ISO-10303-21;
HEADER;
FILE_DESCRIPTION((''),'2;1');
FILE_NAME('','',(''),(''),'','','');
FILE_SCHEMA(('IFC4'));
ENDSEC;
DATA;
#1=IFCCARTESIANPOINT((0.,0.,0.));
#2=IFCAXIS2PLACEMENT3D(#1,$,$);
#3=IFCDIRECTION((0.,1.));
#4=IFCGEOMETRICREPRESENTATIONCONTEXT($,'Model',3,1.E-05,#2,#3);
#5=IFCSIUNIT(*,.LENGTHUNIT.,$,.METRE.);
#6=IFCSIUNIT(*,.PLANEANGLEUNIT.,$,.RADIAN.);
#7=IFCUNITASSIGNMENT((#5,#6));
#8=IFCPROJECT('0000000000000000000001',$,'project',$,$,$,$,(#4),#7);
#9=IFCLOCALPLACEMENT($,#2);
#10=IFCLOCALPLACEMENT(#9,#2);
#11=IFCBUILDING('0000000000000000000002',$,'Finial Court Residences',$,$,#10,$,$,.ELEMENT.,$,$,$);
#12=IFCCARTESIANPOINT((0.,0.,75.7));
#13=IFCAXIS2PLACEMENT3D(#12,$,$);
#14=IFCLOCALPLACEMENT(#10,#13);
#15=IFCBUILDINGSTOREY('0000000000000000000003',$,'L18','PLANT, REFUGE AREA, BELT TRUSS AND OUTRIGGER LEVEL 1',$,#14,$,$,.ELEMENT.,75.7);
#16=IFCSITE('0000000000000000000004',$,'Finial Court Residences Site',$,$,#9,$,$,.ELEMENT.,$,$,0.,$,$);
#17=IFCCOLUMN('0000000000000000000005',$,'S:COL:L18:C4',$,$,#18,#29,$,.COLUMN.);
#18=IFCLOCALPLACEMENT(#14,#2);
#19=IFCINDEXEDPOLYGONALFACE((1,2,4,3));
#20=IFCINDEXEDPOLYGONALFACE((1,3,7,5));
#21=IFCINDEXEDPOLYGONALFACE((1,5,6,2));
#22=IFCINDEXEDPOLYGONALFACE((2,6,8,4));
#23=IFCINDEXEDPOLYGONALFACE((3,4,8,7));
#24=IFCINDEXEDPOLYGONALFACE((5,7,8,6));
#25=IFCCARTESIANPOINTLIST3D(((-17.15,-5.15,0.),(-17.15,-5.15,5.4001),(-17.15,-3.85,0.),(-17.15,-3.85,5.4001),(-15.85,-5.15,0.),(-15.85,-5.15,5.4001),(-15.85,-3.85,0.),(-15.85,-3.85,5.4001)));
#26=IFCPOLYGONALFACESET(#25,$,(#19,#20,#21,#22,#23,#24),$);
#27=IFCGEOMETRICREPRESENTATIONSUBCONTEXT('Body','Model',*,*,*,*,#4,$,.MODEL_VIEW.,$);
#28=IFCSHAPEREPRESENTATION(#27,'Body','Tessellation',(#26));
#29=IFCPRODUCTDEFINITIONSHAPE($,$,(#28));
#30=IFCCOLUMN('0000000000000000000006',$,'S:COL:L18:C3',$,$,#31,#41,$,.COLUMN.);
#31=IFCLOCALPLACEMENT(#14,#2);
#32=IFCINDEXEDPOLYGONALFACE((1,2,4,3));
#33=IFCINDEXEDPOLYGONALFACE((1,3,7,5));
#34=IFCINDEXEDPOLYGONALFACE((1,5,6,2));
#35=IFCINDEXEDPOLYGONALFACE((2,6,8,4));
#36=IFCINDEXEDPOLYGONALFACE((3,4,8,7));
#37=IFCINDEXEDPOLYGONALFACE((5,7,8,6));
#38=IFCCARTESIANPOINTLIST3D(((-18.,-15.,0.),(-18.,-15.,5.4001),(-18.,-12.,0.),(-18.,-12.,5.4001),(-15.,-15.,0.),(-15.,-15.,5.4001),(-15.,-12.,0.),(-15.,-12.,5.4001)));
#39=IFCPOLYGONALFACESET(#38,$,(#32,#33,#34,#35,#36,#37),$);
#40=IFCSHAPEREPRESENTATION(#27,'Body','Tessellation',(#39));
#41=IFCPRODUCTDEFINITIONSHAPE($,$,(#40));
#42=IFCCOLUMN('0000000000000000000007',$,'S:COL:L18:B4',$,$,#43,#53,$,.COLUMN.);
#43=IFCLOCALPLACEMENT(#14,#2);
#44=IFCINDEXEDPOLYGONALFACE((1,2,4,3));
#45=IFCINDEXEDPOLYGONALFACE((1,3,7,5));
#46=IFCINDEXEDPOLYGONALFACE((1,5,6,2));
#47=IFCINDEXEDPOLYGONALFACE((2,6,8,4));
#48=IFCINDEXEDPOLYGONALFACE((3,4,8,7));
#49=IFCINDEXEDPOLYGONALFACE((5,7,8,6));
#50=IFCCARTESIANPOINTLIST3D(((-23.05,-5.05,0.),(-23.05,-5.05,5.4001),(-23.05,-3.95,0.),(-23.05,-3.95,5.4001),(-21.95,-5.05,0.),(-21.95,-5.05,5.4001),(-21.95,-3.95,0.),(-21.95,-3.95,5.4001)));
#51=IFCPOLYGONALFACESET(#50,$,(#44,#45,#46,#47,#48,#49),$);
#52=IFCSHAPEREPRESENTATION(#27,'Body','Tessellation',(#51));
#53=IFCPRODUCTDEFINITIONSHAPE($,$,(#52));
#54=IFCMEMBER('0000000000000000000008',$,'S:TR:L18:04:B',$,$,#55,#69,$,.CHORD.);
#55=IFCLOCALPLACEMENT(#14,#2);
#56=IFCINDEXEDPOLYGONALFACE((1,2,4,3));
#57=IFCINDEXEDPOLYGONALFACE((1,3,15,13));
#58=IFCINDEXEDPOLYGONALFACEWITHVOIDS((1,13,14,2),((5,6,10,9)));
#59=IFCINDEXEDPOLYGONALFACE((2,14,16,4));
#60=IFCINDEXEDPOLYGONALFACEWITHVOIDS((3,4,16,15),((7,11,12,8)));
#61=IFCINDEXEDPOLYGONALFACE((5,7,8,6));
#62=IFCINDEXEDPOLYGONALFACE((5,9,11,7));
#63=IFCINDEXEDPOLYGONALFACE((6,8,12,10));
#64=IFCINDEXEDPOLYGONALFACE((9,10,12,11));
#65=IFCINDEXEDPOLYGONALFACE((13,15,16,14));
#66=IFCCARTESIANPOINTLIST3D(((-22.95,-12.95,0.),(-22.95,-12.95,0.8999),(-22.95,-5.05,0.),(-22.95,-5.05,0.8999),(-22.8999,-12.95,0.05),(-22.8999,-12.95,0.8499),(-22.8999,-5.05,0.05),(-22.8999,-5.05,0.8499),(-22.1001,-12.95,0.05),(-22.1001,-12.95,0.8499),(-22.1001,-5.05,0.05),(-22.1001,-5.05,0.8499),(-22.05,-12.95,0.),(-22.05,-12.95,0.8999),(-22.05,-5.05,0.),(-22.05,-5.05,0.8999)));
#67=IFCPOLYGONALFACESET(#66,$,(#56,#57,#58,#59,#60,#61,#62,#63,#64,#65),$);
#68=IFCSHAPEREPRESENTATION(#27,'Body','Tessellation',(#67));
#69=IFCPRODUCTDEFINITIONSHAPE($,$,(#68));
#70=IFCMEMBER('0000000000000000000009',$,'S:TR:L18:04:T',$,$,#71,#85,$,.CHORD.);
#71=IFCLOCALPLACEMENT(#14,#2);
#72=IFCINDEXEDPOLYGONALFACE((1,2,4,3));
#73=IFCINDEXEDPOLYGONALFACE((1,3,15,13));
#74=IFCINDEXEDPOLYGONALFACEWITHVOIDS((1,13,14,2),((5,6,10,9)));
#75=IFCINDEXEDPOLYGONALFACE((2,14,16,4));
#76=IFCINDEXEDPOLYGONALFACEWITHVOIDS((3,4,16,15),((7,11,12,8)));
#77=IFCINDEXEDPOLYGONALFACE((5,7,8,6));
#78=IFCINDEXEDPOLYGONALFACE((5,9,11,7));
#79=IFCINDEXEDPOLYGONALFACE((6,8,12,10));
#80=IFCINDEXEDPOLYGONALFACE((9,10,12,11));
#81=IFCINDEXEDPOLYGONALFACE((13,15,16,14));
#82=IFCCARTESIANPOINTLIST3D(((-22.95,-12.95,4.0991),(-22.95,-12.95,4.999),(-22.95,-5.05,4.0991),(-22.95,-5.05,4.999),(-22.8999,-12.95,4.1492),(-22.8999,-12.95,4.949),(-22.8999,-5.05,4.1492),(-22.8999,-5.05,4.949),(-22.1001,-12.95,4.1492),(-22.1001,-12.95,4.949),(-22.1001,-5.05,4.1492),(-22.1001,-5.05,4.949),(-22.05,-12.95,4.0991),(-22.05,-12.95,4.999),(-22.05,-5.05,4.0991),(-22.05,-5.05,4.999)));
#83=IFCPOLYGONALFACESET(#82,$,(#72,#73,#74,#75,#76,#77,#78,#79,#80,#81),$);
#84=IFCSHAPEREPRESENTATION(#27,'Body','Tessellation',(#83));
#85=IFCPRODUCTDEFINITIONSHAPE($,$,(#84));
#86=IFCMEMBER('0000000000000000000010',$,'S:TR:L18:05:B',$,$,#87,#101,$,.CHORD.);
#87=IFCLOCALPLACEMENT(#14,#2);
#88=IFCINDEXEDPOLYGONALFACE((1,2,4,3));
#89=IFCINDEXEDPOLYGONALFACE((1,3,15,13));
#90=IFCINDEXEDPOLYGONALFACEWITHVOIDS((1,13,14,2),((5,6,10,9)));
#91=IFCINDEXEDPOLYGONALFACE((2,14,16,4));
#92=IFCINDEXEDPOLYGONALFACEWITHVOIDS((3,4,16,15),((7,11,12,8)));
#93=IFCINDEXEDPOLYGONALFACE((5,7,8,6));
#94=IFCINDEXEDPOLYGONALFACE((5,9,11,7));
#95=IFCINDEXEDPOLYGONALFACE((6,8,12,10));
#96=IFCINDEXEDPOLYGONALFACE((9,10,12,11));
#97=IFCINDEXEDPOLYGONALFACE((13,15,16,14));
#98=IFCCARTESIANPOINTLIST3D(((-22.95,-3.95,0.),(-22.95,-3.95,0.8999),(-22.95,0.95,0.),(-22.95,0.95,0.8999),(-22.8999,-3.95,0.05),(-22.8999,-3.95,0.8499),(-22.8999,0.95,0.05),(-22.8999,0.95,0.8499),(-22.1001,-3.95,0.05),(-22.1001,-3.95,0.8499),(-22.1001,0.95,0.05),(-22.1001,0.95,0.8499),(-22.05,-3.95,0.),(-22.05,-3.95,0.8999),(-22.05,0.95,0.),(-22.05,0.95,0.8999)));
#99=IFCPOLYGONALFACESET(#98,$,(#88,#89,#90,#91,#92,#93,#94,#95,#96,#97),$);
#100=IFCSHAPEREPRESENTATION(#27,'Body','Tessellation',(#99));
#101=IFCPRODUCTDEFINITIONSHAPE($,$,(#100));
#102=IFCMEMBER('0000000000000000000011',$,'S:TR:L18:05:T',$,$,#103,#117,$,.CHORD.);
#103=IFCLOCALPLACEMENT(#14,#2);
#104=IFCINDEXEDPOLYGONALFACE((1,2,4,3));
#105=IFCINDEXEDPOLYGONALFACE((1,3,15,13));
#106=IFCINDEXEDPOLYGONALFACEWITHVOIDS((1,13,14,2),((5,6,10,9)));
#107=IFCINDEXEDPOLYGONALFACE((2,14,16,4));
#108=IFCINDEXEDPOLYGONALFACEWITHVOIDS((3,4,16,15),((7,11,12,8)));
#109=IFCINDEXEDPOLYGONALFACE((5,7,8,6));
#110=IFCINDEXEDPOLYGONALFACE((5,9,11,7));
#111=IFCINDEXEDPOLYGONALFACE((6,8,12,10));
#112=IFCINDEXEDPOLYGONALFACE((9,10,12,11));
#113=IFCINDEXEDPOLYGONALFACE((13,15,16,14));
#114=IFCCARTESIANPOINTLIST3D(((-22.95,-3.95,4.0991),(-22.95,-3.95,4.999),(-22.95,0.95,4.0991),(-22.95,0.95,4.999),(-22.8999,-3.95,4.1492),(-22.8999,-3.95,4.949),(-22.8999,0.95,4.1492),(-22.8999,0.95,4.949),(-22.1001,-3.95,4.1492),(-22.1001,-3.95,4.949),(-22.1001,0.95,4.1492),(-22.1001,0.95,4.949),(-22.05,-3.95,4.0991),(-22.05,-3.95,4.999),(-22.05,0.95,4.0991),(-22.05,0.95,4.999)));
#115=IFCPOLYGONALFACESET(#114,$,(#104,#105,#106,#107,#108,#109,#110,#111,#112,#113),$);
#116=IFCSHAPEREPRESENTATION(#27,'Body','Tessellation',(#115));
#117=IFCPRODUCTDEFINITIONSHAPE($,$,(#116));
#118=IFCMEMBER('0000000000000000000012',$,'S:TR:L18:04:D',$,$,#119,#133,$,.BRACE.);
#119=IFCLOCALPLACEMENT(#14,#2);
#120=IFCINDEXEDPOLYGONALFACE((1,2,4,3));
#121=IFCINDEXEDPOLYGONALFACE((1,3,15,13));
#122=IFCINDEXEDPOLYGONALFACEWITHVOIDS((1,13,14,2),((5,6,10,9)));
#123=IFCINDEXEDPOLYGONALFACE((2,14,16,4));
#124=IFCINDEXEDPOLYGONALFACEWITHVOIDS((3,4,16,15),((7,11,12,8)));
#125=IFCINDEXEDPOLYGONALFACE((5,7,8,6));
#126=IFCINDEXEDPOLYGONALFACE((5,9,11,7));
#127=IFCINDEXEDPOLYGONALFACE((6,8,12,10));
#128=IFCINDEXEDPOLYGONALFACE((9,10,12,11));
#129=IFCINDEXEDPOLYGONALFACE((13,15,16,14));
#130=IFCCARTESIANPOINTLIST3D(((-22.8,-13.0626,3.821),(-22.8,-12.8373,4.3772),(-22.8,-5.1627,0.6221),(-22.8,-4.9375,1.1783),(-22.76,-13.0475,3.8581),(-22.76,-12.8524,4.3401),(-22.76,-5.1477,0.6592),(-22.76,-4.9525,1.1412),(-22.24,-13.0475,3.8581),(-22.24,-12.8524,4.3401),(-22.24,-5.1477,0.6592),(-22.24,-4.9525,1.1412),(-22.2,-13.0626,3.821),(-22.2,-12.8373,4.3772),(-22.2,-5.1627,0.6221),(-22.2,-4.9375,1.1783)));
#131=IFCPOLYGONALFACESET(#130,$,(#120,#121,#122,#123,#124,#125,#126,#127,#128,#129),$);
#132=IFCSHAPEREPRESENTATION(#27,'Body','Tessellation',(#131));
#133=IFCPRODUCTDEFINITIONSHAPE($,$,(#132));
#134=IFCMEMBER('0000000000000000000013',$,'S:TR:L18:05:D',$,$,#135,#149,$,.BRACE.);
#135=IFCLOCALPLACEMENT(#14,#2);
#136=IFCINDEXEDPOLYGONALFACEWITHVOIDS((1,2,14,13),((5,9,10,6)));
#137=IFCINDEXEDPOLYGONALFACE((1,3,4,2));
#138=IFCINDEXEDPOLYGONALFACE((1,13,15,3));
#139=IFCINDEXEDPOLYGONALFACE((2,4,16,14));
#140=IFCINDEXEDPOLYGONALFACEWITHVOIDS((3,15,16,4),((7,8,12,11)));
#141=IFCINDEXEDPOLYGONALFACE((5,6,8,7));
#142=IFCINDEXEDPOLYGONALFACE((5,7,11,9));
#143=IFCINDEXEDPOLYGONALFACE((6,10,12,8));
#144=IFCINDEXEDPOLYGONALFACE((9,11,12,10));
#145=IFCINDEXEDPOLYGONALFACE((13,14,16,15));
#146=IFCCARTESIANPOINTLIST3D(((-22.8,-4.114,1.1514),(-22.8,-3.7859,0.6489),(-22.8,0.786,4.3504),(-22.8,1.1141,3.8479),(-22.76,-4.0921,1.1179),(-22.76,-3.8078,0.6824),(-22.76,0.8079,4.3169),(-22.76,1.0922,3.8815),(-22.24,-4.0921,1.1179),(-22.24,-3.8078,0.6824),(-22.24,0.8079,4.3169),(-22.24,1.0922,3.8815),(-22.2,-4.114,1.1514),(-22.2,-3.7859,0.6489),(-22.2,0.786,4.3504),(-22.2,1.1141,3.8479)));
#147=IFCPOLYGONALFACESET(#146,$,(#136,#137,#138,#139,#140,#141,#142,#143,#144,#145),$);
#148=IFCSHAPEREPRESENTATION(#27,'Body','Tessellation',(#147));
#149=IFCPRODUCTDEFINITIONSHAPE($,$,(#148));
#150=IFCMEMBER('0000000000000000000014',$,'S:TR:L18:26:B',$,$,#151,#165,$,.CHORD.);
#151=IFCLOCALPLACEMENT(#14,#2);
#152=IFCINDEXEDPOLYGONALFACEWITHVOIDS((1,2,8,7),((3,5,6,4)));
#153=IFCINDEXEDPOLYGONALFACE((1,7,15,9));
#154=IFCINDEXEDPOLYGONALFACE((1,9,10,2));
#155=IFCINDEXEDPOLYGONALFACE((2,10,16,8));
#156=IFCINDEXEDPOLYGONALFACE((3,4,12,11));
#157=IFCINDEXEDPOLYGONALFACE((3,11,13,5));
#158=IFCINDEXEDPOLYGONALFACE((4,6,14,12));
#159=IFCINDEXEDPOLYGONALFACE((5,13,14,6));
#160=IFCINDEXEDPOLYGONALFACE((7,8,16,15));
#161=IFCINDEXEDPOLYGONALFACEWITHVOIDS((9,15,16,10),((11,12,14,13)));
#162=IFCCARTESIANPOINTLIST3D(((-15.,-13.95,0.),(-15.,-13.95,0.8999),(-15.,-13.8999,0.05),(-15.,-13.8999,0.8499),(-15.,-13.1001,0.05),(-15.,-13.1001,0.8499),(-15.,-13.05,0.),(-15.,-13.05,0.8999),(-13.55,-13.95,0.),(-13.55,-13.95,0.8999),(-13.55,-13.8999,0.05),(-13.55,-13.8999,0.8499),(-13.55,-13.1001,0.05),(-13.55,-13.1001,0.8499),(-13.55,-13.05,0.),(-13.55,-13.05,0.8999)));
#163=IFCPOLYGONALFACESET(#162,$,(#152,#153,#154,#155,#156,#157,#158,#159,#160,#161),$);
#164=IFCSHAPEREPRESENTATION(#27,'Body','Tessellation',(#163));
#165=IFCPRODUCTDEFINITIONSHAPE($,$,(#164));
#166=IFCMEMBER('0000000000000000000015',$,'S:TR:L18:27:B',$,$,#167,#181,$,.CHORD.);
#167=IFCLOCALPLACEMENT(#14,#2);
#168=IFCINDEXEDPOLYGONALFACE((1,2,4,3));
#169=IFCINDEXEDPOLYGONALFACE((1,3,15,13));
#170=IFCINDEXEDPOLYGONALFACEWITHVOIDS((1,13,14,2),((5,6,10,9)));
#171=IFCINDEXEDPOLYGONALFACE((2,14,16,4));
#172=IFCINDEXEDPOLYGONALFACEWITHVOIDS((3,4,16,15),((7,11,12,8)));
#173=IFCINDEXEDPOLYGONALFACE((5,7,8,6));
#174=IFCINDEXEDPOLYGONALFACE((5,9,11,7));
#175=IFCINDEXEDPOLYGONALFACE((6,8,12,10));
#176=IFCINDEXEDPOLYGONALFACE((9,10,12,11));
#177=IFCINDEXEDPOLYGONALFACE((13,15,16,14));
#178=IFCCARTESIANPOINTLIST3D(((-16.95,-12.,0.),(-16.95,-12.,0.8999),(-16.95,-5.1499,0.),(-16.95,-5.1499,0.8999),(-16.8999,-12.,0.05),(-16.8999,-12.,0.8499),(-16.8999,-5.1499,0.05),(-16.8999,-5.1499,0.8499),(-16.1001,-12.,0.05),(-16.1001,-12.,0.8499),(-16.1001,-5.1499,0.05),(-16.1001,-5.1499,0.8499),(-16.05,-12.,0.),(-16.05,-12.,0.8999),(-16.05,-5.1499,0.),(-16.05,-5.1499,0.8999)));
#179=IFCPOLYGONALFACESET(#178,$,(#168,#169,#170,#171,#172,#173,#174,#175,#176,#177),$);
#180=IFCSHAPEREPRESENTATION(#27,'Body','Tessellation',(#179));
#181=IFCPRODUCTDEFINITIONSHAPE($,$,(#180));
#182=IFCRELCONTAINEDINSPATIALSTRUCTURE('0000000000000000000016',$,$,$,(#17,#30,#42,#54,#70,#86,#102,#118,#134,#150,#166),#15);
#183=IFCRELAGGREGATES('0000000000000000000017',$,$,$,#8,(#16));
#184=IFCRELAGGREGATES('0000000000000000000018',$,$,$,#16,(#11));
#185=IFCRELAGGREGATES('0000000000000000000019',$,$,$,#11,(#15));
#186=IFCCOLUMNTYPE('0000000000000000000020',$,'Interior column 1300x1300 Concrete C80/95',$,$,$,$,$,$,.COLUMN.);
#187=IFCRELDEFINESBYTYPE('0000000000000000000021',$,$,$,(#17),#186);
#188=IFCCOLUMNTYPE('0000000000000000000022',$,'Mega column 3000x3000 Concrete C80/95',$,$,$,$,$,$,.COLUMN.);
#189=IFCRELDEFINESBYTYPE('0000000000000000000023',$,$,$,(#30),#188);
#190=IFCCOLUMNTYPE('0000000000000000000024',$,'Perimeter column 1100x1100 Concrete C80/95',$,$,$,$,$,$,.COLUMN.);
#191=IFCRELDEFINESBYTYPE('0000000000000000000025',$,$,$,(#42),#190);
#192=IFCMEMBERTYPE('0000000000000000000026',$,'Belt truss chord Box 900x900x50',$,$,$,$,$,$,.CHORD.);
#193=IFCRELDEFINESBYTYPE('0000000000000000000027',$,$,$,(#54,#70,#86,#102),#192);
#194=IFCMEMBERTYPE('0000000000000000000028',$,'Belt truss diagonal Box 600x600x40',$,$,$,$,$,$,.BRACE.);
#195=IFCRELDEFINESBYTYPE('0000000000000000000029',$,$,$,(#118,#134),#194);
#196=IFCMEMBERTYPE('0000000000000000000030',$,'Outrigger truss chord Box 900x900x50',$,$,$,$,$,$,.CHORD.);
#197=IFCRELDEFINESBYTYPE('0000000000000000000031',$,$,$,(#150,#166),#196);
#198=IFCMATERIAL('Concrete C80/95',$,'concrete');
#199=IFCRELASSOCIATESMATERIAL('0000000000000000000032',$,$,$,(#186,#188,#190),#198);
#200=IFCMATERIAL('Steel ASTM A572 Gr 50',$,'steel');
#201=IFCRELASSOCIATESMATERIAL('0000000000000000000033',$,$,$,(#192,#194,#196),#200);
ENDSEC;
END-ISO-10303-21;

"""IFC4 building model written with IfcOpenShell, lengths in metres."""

from ifc_helpers import new_model, si_unit, direction, frame, origin, origin_2d, place, context, subcontext, project, spatial, rectangle, hollow_rectangle, extrude, material, material_profile, profile_set, type_object, element, save


model = new_model("IFC4")

# Units and contexts
model_context = context("Model", 3, precision=1e-05, world=origin(), true_north=direction((0.0, 1.0)))
body_context = subcontext(model_context, "Body", "Model", "MODEL_VIEW")
ifc_project = project(units=[si_unit("LENGTHUNIT", "METRE"), si_unit("PLANEANGLEUNIT", "RADIAN")], contexts=[model_context])

# Site, building, storey
site_placement = place(None, origin())
site = spatial("IfcSite", under=ifc_project, at=site_placement, Name="Finial Court Residences Site", CompositionType="ELEMENT", RefElevation=0.0)
building_placement = place(site_placement, origin())
building = spatial("IfcBuilding", under=site, at=building_placement, Name="Finial Court Residences", CompositionType="ELEMENT")
storey_placement = place(building_placement, frame((0.0, 0.0, 75.7)))
storey = spatial("IfcBuildingStorey", under=building, at=storey_placement, Name="L18", Description="PLANT, REFUGE AREA, BELT TRUSS AND OUTRIGGER LEVEL 1", CompositionType="ELEMENT", Elevation=75.7)

# Columns
ifc_material_1 = material(Name="Concrete C80/95", Category="concrete")
ifc_material_profile_1 = material_profile(ifc_material_1, rectangle(XDim=1.3, YDim=1.3, at=origin_2d()), Name="1300x1300")
ifc_profile_set_1 = profile_set([ifc_material_profile_1], Name="Concrete C80/95")
column_type_1 = type_object("IfcColumnType", Name="Interior column 1300x1300 Concrete C80/95", PredefinedType="COLUMN", material=ifc_profile_set_1)
column_1_placement = place(storey_placement, frame((-16.5, -4.5, 0.0), z_axis=(0.0, 0.0, 1.0), x_axis=(1.0, 0.0, 0.0)))
element("IfcColumn", 1, at=column_1_placement, inside=storey, type_object=column_type_1, Name="S:COL:L18:C4", PredefinedType="COLUMN", context=body_context, shape_type="SweptSolid", body=[
    extrude(rectangle(XDim=1.3, YDim=1.3, at=origin_2d()), origin(), (0.0, 0.0, 1.0), 5.4001),
])
ifc_material_profile_2 = material_profile(ifc_material_1, rectangle(XDim=3.0, YDim=3.0, at=origin_2d()), Name="3000x3000")
ifc_profile_set_2 = profile_set([ifc_material_profile_2], Name="Concrete C80/95")
column_type_2 = type_object("IfcColumnType", Name="Mega column 3000x3000 Concrete C80/95", PredefinedType="COLUMN", material=ifc_profile_set_2)
column_2_placement = place(storey_placement, frame((-16.5, -13.5, 0.0), z_axis=(0.0, 0.0, 1.0), x_axis=(1.0, 0.0, 0.0)))
element("IfcColumn", 2, at=column_2_placement, inside=storey, type_object=column_type_2, Name="S:COL:L18:C3", PredefinedType="COLUMN", context=body_context, shape_type="SweptSolid", body=[
    extrude(rectangle(XDim=3.0, YDim=3.0, at=origin_2d()), origin(), (0.0, 0.0, 1.0), 5.4001),
])
ifc_material_profile_3 = material_profile(ifc_material_1, rectangle(XDim=1.1001, YDim=1.1001, at=origin_2d()), Name="1100x1100")
ifc_profile_set_3 = profile_set([ifc_material_profile_3], Name="Concrete C80/95")
column_type_3 = type_object("IfcColumnType", Name="Perimeter column 1100x1100 Concrete C80/95", PredefinedType="COLUMN", material=ifc_profile_set_3)
column_3_placement = place(storey_placement, frame((-22.5, -4.5, 0.0), z_axis=(0.0, 0.0, 1.0), x_axis=(1.0, 0.0, 0.0)))
element("IfcColumn", 3, at=column_3_placement, inside=storey, type_object=column_type_3, Name="S:COL:L18:B4", PredefinedType="COLUMN", context=body_context, shape_type="SweptSolid", body=[
    extrude(rectangle(XDim=1.1001, YDim=1.1001, at=origin_2d()), origin(), (0.0, 0.0, 1.0), 5.4001),
])

# Members
ifc_material_2 = material(Name="Steel ASTM A572 Gr 50", Category="steel")
ifc_material_profile_4 = material_profile(ifc_material_2, hollow_rectangle(XDim=0.8999, YDim=0.8999, WallThickness=0.05, at=origin_2d()), Name="Box 900x900x50")
ifc_profile_set_4 = profile_set([ifc_material_profile_4], Name="Steel ASTM A572 Gr 50")
member_type_1 = type_object("IfcMemberType", Name="Belt truss chord Box 900x900x50", PredefinedType="CHORD", material=ifc_profile_set_4)
for number, where, z_axis, x_axis, name in (
    (4, (-22.5, -12.95, 0.45), (0.0, 1.0, 0.0), (-1.0, 0.0, 0.0), "S:TR:L18:04:B"),
    (5, (-22.5, -12.95, 4.5491), (0.0, 1.0, 0.0), (-1.0, 0.0, 0.0), "S:TR:L18:04:T"),
):
    element("IfcMember", number, at=place(storey_placement, frame(where, z_axis=z_axis, x_axis=x_axis)), inside=storey, type_object=member_type_1, Name=name, PredefinedType="CHORD", context=body_context, shape_type="SweptSolid", body=[
        extrude(hollow_rectangle(XDim=0.8999, YDim=0.8999, WallThickness=0.05, at=origin_2d()), origin(), (0.0, 0.0, 1.0), 7.8999),
    ])
for number, where, z_axis, x_axis, name in (
    (6, (-22.5, -3.95, 0.45), (0.0, 1.0, 0.0), (-1.0, 0.0, 0.0), "S:TR:L18:05:B"),
    (7, (-22.5, -3.95, 4.5491), (0.0, 1.0, 0.0), (-1.0, 0.0, 0.0), "S:TR:L18:05:T"),
):
    element("IfcMember", number, at=place(storey_placement, frame(where, z_axis=z_axis, x_axis=x_axis)), inside=storey, type_object=member_type_1, Name=name, PredefinedType="CHORD", context=body_context, shape_type="SweptSolid", body=[
        extrude(hollow_rectangle(XDim=0.8999, YDim=0.8999, WallThickness=0.05, at=origin_2d()), origin(), (0.0, 0.0, 1.0), 4.8999),
    ])
ifc_material_profile_5 = material_profile(ifc_material_2, hollow_rectangle(XDim=0.6001, YDim=0.6001, WallThickness=0.04, at=origin_2d()), Name="Box 600x600x40")
ifc_profile_set_5 = profile_set([ifc_material_profile_5], Name="Steel ASTM A572 Gr 50")
member_type_2 = type_object("IfcMemberType", Name="Belt truss diagonal Box 600x600x40", PredefinedType="BRACE", material=ifc_profile_set_5)
member_1_placement = place(storey_placement, frame((-22.5, -12.95, 4.0991), z_axis=(0.0, 0.92689, -0.375333), x_axis=(-1.0, 0.0, 0.0)))
element("IfcMember", 8, at=member_1_placement, inside=storey, type_object=member_type_2, Name="S:TR:L18:04:D", PredefinedType="BRACE", context=body_context, shape_type="SweptSolid", body=[
    extrude(hollow_rectangle(XDim=0.6001, YDim=0.6001, WallThickness=0.04, at=origin_2d()), origin(), (0.0, 0.0, 1.0), 8.5229),
])
member_2_placement = place(storey_placement, frame((-22.5, -3.95, 0.9001), z_axis=(0.0, 0.837346, 0.546674), x_axis=(-1.0, 0.0, 0.0)))
element("IfcMember", 9, at=member_2_placement, inside=storey, type_object=member_type_2, Name="S:TR:L18:05:D", PredefinedType="BRACE", context=body_context, shape_type="SweptSolid", body=[
    extrude(hollow_rectangle(XDim=0.6001, YDim=0.6001, WallThickness=0.04, at=origin_2d()), origin(), (0.0, 0.0, 1.0), 5.8518),
])
ifc_material_profile_6 = material_profile(ifc_material_2, hollow_rectangle(XDim=0.8999, YDim=0.8999, WallThickness=0.05, at=origin_2d()), Name="Box 900x900x50")
ifc_profile_set_6 = profile_set([ifc_material_profile_6], Name="Steel ASTM A572 Gr 50")
member_type_3 = type_object("IfcMemberType", Name="Outrigger truss chord Box 900x900x50", PredefinedType="CHORD", material=ifc_profile_set_6)
member_3_placement = place(storey_placement, frame((-13.55, -13.5, 0.45), z_axis=(-1.0, 0.0, 0.0), x_axis=(0.0, -1.0, 0.0)))
element("IfcMember", 10, at=member_3_placement, inside=storey, type_object=member_type_3, Name="S:TR:L18:26:B", PredefinedType="CHORD", context=body_context, shape_type="SweptSolid", body=[
    extrude(hollow_rectangle(XDim=0.8999, YDim=0.8999, WallThickness=0.05, at=origin_2d()), origin(), (0.0, 0.0, 1.0), 1.45),
])
for number, where, z_axis, x_axis, name in (
    (11, (-16.5, -12.0, 0.45), (0.0, 1.0, 0.0), (-1.0, 0.0, 0.0), "S:TR:L18:27:B"),
):
    element("IfcMember", number, at=place(storey_placement, frame(where, z_axis=z_axis, x_axis=x_axis)), inside=storey, type_object=member_type_3, Name=name, PredefinedType="CHORD", context=body_context, shape_type="SweptSolid", body=[
        extrude(hollow_rectangle(XDim=0.8999, YDim=0.8999, WallThickness=0.05, at=origin_2d()), origin(), (0.0, 0.0, 1.0), 6.8501),
    ])

save(model, "model.ifc")
